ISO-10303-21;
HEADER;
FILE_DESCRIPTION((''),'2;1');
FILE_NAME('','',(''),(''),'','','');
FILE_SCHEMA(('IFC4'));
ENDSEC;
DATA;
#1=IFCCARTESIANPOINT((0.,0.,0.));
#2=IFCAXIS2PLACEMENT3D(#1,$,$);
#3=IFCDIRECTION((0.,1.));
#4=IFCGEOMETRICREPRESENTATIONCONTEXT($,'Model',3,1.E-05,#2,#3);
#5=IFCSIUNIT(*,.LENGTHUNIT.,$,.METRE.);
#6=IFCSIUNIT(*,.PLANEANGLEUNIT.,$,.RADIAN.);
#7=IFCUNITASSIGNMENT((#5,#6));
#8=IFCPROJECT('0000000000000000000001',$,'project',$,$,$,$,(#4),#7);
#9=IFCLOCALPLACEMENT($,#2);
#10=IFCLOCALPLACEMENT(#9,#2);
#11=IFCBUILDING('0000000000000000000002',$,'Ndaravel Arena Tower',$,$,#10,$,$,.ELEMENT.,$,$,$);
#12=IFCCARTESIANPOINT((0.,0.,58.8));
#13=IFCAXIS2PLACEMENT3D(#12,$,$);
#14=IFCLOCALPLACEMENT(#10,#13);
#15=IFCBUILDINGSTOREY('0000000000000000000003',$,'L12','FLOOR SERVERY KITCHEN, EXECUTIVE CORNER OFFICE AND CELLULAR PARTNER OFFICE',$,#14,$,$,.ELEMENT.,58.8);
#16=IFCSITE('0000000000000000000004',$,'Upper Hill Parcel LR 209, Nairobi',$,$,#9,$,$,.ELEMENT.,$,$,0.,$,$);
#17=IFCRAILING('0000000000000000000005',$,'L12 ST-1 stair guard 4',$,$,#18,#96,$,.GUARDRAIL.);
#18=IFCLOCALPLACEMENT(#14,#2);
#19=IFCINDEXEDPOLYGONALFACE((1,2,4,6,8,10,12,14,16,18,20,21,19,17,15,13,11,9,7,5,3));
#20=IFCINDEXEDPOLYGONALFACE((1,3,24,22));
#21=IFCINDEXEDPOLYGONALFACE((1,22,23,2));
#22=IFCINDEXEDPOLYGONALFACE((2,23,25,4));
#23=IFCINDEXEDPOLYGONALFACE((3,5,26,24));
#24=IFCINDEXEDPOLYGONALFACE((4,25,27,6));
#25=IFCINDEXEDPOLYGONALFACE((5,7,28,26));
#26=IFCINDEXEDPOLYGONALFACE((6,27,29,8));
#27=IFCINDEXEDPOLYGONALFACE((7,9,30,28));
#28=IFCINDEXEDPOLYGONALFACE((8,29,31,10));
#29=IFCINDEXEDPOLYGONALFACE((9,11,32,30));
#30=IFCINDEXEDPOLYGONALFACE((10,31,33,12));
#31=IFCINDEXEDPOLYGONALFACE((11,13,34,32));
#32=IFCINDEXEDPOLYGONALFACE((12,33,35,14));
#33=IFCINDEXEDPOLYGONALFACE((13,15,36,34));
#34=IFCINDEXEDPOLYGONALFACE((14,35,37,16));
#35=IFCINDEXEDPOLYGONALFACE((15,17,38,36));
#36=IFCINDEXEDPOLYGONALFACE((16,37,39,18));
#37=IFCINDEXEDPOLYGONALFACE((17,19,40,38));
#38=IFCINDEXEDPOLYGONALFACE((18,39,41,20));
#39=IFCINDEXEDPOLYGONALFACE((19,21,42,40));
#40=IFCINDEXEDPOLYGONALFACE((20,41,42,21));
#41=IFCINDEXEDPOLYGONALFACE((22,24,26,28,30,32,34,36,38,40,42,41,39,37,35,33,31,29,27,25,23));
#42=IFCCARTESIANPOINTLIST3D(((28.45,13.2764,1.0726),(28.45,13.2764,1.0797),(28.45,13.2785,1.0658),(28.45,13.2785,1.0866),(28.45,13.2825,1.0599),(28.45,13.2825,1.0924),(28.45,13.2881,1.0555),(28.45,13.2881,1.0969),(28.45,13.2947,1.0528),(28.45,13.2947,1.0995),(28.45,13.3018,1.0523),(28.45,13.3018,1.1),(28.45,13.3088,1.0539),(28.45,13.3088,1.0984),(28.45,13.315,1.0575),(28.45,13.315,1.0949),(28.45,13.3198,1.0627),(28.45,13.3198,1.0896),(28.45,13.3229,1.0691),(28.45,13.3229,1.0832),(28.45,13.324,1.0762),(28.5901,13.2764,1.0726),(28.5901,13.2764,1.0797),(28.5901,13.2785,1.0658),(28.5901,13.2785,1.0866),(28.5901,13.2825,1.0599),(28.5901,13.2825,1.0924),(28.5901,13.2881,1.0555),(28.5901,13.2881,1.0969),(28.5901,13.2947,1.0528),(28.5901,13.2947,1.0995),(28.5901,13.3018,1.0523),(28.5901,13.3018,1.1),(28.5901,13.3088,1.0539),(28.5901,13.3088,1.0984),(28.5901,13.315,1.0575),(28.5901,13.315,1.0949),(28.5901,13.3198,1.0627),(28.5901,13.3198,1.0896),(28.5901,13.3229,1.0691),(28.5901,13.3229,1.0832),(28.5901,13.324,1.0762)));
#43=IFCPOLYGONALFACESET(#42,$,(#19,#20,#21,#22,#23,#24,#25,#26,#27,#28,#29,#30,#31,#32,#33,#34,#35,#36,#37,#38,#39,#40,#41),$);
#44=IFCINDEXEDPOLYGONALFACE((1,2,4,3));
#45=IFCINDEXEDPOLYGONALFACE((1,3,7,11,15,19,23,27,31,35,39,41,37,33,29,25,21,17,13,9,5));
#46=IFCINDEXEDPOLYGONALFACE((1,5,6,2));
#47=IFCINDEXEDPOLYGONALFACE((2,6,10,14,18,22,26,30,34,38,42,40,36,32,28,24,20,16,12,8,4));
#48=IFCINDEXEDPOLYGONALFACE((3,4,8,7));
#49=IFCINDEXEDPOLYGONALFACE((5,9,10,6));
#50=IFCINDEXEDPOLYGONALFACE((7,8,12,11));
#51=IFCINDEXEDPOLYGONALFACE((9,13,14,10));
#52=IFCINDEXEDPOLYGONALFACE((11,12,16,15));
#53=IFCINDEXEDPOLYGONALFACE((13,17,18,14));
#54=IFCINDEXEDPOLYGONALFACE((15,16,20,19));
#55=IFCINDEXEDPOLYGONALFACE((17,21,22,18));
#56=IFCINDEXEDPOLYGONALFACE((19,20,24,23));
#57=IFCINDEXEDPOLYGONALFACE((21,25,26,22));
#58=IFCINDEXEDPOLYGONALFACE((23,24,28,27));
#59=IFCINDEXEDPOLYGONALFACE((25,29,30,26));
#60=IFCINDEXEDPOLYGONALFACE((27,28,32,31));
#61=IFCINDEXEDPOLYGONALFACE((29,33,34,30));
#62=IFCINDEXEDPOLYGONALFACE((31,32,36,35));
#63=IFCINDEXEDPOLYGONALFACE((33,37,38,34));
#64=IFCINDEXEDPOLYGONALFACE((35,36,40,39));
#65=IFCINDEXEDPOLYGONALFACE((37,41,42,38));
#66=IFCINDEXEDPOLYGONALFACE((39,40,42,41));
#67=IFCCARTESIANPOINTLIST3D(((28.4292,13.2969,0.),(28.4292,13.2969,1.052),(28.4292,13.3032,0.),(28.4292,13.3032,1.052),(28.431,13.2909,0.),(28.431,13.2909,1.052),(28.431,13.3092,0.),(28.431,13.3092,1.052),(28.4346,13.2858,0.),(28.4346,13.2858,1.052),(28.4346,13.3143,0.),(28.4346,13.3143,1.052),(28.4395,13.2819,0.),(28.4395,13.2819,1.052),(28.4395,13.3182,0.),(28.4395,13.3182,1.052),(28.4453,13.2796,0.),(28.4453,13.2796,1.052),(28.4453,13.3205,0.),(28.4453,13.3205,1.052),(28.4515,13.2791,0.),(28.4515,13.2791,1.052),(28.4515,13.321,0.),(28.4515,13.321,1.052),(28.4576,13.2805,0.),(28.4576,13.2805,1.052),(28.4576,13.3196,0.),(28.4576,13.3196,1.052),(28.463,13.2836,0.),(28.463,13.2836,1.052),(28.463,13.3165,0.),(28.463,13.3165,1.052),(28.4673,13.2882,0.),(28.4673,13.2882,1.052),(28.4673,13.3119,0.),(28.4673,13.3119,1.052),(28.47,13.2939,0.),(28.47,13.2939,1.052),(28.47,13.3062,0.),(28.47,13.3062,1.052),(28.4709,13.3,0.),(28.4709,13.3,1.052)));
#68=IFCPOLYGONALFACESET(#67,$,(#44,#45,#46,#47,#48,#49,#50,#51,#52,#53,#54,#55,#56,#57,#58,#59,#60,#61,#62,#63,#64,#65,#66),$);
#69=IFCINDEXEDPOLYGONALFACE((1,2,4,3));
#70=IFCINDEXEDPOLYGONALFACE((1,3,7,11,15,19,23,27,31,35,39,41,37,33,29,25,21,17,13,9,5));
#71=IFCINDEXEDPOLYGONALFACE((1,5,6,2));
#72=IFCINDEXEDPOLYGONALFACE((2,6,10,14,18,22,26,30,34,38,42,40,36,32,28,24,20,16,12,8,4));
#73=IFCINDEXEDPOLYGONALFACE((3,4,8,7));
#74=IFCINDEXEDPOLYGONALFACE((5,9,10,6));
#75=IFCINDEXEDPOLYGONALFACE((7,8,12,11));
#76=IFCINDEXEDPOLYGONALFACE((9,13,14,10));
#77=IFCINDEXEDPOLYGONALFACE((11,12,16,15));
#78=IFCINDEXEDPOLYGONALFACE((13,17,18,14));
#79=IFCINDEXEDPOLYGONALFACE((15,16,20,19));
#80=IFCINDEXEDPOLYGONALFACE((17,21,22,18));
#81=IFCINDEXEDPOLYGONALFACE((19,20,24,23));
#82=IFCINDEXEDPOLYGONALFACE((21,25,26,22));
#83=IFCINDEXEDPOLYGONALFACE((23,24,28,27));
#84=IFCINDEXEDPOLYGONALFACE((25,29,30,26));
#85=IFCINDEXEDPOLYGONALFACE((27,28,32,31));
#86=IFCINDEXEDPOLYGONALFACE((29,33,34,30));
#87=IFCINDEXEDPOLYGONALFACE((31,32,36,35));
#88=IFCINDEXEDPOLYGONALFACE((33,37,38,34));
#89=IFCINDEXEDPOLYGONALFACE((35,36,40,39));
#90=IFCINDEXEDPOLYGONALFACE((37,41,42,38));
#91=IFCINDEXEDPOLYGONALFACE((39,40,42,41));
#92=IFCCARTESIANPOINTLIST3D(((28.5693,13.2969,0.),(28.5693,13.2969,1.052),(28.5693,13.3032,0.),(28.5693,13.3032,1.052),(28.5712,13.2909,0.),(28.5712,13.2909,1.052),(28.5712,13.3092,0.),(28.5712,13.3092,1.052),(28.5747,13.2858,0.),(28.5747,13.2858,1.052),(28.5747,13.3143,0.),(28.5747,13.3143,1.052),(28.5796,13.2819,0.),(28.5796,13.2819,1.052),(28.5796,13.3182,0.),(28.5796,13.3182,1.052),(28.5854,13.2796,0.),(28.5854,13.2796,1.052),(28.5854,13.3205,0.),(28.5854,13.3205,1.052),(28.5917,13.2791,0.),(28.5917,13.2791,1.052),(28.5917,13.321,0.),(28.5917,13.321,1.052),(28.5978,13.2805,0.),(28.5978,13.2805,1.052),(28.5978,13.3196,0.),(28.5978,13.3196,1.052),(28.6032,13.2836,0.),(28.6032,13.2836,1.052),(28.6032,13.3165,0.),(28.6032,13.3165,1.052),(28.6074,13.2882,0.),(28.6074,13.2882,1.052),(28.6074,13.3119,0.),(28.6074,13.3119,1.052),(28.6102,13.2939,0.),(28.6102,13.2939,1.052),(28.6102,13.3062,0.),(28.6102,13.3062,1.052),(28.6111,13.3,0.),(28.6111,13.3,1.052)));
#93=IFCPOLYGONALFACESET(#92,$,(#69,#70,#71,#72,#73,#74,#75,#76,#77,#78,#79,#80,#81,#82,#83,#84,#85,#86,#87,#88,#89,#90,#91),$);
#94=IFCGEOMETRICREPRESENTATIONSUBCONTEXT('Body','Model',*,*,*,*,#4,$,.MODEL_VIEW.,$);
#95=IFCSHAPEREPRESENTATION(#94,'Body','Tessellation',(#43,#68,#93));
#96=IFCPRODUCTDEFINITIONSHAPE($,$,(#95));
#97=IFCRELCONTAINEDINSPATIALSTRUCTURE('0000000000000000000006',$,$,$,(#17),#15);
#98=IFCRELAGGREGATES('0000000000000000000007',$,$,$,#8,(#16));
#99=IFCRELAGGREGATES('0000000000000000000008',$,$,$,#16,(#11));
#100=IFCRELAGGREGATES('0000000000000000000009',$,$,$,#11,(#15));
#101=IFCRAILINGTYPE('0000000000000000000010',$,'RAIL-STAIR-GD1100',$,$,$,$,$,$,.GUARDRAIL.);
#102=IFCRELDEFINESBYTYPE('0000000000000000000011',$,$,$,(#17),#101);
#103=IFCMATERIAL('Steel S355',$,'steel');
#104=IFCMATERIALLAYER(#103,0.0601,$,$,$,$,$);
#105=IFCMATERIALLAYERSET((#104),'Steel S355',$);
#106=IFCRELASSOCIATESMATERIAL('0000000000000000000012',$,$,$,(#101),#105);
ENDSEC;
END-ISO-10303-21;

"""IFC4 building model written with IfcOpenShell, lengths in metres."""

from ifc_helpers import new_model, si_unit, direction, frame, origin, origin_2d, place, context, subcontext, project, spatial, circle, extrude, material, layer, layer_set, type_object, element, save


model = new_model("IFC4")

# Units and contexts
model_context = context("Model", 3, precision=1e-05, world=origin(), true_north=direction((0.0, 1.0)))
body_context = subcontext(model_context, "Body", "Model", "MODEL_VIEW")
ifc_project = project(units=[si_unit("LENGTHUNIT", "METRE"), si_unit("PLANEANGLEUNIT", "RADIAN")], contexts=[model_context])

# Site, building, storey
site_placement = place(None, origin())
site = spatial("IfcSite", under=ifc_project, at=site_placement, Name="Upper Hill Parcel LR 209, Nairobi", CompositionType="ELEMENT", RefElevation=0.0)
building_placement = place(site_placement, origin())
building = spatial("IfcBuilding", under=site, at=building_placement, Name="Ndaravel Arena Tower", CompositionType="ELEMENT")
storey_placement = place(building_placement, frame((0.0, 0.0, 58.8)))
storey = spatial("IfcBuildingStorey", under=building, at=storey_placement, Name="L12", Description="FLOOR SERVERY KITCHEN, EXECUTIVE CORNER OFFICE AND CELLULAR PARTNER OFFICE", CompositionType="ELEMENT", Elevation=58.8)

# Railing
ifc_material_1 = material(Name="Steel S355", Category="steel")
ifc_layer_1 = layer(ifc_material_1, 0.0601)
ifc_layer_set_1 = layer_set([ifc_layer_1], Name="Steel S355")
railing_type_1 = type_object("IfcRailingType", Name="RAIL-STAIR-GD1100", PredefinedType="GUARDRAIL", material=ifc_layer_set_1)
railing_1_placement = place(storey_placement, frame((28.45, 13.3, 0.0)))
element("IfcRailing", 1, at=railing_1_placement, inside=storey, type_object=railing_type_1, Name="L12 ST-1 stair guard 4", PredefinedType="GUARDRAIL", context=body_context, shape_type="SweptSolid", body=[
    extrude(circle(Radius=0.0239, at=origin_2d()), frame((0.0, 0.0, 1.0762), z_axis=(1.0, 0.0, 0.0), x_axis=(0.0, 1.0, 0.0)), (0.0, 0.0, 1.0), 0.1401),
    extrude(circle(Radius=0.021, at=origin_2d()), origin(), (0.0, 0.0, 1.0), 1.052),
    extrude(circle(Radius=0.021, at=origin_2d()), frame((0.1401, 0.0, 0.0)), (0.0, 0.0, 1.0), 1.052),
])

save(model, "model.ifc")
